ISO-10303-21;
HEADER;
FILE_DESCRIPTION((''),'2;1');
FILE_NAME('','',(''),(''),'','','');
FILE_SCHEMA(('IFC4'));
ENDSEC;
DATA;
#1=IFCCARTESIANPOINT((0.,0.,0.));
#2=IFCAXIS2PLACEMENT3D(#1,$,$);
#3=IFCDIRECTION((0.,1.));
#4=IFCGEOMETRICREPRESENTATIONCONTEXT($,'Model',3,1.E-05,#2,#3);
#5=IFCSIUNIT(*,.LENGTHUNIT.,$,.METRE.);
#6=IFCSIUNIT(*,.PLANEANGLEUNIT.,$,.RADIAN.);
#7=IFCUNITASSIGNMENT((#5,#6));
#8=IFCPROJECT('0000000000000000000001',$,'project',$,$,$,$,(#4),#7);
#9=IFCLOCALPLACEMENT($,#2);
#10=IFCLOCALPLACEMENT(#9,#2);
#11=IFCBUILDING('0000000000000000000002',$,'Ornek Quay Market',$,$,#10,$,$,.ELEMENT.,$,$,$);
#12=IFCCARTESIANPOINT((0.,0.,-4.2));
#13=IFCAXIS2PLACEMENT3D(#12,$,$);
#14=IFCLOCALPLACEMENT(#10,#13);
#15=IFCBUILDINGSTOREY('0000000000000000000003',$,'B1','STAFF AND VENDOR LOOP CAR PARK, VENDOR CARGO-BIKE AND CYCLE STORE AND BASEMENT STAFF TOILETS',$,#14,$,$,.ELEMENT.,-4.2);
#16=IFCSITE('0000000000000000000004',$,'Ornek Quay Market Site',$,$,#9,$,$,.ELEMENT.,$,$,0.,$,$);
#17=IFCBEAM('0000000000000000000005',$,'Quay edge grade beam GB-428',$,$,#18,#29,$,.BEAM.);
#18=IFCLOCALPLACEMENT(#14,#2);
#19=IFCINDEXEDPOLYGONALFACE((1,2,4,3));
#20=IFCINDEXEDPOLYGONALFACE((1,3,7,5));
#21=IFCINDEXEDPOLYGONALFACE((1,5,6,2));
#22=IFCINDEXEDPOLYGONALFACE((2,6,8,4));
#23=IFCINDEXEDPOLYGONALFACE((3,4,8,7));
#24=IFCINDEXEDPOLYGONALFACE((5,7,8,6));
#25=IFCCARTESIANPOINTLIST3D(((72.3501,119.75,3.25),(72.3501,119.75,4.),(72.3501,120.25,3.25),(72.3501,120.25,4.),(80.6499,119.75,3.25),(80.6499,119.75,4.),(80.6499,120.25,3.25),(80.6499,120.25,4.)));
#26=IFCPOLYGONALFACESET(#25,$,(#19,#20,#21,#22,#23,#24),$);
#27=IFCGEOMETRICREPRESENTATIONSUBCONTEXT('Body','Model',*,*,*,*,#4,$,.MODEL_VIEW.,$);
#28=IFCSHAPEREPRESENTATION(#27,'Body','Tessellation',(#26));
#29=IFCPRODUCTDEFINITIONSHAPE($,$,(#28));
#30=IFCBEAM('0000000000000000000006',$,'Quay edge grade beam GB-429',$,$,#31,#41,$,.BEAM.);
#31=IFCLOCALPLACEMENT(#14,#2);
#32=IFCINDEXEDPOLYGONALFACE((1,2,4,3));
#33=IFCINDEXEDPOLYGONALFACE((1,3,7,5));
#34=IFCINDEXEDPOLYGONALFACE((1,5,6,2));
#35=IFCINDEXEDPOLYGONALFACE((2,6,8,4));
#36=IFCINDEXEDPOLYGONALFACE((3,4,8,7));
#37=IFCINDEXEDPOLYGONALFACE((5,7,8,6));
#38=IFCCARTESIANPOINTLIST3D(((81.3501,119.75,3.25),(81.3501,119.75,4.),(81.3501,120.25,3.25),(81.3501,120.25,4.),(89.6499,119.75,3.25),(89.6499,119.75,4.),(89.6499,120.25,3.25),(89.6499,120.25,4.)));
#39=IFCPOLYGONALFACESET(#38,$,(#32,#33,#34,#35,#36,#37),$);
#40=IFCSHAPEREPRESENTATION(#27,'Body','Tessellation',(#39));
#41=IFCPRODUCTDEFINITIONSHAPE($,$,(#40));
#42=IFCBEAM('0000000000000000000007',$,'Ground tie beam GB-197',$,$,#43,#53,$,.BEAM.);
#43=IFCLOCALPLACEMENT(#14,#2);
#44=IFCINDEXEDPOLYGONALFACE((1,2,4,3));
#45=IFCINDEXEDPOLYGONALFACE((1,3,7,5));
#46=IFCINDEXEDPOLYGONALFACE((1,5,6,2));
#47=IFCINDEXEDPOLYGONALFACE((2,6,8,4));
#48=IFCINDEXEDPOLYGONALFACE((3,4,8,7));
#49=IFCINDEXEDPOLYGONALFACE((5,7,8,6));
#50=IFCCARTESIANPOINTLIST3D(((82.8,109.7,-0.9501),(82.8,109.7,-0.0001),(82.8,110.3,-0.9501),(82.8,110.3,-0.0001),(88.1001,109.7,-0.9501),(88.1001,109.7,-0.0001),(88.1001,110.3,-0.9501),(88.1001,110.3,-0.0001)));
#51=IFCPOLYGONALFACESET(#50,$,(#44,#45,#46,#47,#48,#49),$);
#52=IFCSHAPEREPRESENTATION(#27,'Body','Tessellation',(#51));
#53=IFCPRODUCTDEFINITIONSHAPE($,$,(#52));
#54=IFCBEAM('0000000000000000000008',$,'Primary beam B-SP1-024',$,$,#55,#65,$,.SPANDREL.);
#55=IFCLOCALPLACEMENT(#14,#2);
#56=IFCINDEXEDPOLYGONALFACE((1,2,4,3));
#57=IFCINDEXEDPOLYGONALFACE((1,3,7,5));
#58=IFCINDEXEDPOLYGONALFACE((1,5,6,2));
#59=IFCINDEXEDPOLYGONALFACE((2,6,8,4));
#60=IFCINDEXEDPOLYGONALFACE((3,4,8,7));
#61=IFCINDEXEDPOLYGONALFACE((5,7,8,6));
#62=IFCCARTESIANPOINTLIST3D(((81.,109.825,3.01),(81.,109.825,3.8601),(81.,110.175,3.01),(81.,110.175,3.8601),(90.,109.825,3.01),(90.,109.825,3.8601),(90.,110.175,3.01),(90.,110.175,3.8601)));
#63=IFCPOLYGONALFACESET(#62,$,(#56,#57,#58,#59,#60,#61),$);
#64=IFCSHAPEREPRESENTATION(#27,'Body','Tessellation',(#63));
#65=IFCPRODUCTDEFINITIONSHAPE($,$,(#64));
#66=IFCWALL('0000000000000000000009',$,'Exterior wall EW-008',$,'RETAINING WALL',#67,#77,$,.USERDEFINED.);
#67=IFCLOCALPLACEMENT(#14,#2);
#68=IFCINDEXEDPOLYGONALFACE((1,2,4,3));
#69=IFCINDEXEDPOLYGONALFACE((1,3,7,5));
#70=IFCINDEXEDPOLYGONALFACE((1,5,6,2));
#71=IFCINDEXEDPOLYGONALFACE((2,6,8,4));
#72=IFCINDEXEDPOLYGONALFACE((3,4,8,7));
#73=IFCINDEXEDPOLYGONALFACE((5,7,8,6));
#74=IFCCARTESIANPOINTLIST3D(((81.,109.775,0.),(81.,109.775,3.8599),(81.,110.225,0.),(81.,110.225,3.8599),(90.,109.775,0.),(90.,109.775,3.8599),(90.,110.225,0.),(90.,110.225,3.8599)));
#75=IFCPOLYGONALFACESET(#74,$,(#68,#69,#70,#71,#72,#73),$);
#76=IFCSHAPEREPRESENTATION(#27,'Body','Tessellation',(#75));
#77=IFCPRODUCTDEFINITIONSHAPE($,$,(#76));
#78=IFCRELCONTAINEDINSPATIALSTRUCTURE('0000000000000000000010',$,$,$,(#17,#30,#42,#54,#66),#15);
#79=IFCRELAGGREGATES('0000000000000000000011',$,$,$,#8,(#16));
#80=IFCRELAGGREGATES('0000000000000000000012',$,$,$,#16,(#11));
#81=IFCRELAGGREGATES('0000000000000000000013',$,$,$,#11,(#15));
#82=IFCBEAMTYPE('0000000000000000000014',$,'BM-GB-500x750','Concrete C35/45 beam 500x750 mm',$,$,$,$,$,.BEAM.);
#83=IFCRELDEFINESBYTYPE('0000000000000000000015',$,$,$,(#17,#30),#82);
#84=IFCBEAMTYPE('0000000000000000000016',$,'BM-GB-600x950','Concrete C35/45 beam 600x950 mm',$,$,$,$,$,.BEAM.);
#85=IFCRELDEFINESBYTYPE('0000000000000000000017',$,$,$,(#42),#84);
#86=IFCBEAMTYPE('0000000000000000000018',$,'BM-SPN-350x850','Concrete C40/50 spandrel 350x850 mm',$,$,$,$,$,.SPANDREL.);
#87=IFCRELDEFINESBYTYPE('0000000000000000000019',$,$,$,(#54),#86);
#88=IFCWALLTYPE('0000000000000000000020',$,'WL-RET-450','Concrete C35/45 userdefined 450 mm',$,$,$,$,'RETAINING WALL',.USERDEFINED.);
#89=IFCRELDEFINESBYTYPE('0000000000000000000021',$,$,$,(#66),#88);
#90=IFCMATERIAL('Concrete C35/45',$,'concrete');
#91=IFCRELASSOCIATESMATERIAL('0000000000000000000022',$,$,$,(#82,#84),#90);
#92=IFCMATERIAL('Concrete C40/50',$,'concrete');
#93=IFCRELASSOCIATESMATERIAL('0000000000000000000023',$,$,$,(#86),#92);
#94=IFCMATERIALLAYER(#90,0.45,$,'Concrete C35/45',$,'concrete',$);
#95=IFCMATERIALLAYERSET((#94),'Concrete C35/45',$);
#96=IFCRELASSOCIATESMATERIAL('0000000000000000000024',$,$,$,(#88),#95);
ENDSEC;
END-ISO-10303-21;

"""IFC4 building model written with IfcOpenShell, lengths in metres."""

from ifc_helpers import new_model, si_unit, direction, frame, frame_2d, origin, origin_2d, place, context, subcontext, project, spatial, rectangle, extrude, material, layer, layer_set, material_profile, profile_set, type_object, element, save


model = new_model("IFC4")

# Units and contexts
model_context = context("Model", 3, precision=1e-05, world=origin(), true_north=direction((0.0, 1.0)))
body_context = subcontext(model_context, "Body", "Model", "MODEL_VIEW")
ifc_project = project(units=[si_unit("LENGTHUNIT", "METRE"), si_unit("PLANEANGLEUNIT", "RADIAN")], contexts=[model_context])

# Site, building, storey
site_placement = place(None, origin())
site = spatial("IfcSite", under=ifc_project, at=site_placement, Name="Ornek Quay Market Site", CompositionType="ELEMENT", RefElevation=0.0)
building_placement = place(site_placement, origin())
building = spatial("IfcBuilding", under=site, at=building_placement, Name="Ornek Quay Market", CompositionType="ELEMENT")
storey_placement = place(building_placement, frame((0.0, 0.0, -4.2)))
storey = spatial("IfcBuildingStorey", under=building, at=storey_placement, Name="B1", Description="STAFF AND VENDOR LOOP CAR PARK, VENDOR CARGO-BIKE AND CYCLE STORE AND BASEMENT STAFF TOILETS", CompositionType="ELEMENT", Elevation=-4.2)

# Shared definitions
ifc_material_1 = material(Name="Concrete C35/45", Category="concrete")

# Shared definitions
ifc_material_2 = material(Name="Concrete C40/50", Category="concrete")

# Beams
ifc_material_profile_1 = material_profile(ifc_material_1, rectangle(XDim=0.5, YDim=0.75, at=origin_2d()), Name="RC 500x750", Category="concrete")
ifc_profile_set_1 = profile_set([ifc_material_profile_1], Name="Concrete C35/45")
beam_type_1 = type_object("IfcBeamType", Name="BM-GB-500x750", Description="Concrete C35/45 beam 500x750 mm", PredefinedType="BEAM", material=ifc_profile_set_1)
for number, where, z_axis, x_axis, name in (
    (1, (72.3501, 120.0, 3.625), (1.0, 0.0, 0.0), (0.0, 1.0, 0.0), "Quay edge grade beam GB-428"),
    (2, (81.3501, 120.0, 3.625), (1.0, 0.0, 0.0), (0.0, 1.0, 0.0), "Quay edge grade beam GB-429"),
):
    element("IfcBeam", number, at=place(storey_placement, frame(where, z_axis=z_axis, x_axis=x_axis)), inside=storey, type_object=beam_type_1, Name=name, PredefinedType="BEAM", context=body_context, shape_type="SweptSolid", body=[
        extrude(rectangle(XDim=0.5, YDim=0.75, at=origin_2d()), origin(), (0.0, 0.0, 1.0), 8.2998),
    ])
ifc_material_profile_2 = material_profile(ifc_material_1, rectangle(XDim=0.6001, YDim=0.95, at=origin_2d()), Name="RC 600x950", Category="concrete")
ifc_profile_set_2 = profile_set([ifc_material_profile_2], Name="Concrete C35/45")
beam_type_2 = type_object("IfcBeamType", Name="BM-GB-600x950", Description="Concrete C35/45 beam 600x950 mm", PredefinedType="BEAM", material=ifc_profile_set_2)
beam_1_placement = place(storey_placement, frame((82.8, 110.0, -0.4751), z_axis=(1.0, 0.0, 0.0), x_axis=(0.0, 1.0, 0.0)))
element("IfcBeam", 3, at=beam_1_placement, inside=storey, type_object=beam_type_2, Name="Ground tie beam GB-197", PredefinedType="BEAM", context=body_context, shape_type="SweptSolid", body=[
    extrude(rectangle(XDim=0.6001, YDim=0.95, at=origin_2d()), origin(), (0.0, 0.0, 1.0), 5.3),
])
ifc_material_profile_3 = material_profile(ifc_material_2, rectangle(XDim=0.3501, YDim=0.8501, at=origin_2d()), Name="RC 350x850", Category="concrete")
ifc_profile_set_3 = profile_set([ifc_material_profile_3], Name="Concrete C40/50")
beam_type_3 = type_object("IfcBeamType", Name="BM-SPN-350x850", Description="Concrete C40/50 spandrel 350x850 mm", PredefinedType="SPANDREL", material=ifc_profile_set_3)
beam_2_placement = place(storey_placement, frame((81.0, 110.0, 3.4351), z_axis=(1.0, 0.0, 0.0), x_axis=(0.0, 1.0, 0.0)))
element("IfcBeam", 4, at=beam_2_placement, inside=storey, type_object=beam_type_3, Name="Primary beam B-SP1-024", PredefinedType="SPANDREL", context=body_context, shape_type="SweptSolid", body=[
    extrude(rectangle(XDim=0.3501, YDim=0.8501, at=origin_2d()), origin(), (0.0, 0.0, 1.0), 9.0),
])

# Wall
ifc_layer = layer(ifc_material_1, 0.45, Name="Concrete C35/45", Category="concrete")
ifc_layer_set = layer_set([ifc_layer], Name="Concrete C35/45")
wall_type = type_object("IfcWallType", Name="WL-RET-450", Description="Concrete C35/45 userdefined 450 mm", ElementType="RETAINING WALL", PredefinedType="USERDEFINED", material=ifc_layer_set)
wall_placement = place(storey_placement, frame((81.0, 110.0, 0.0), z_axis=(0.0, 0.0, 1.0), x_axis=(1.0, 0.0, 0.0)))
element("IfcWall", 5, at=wall_placement, inside=storey, type_object=wall_type, Name="Exterior wall EW-008", ObjectType="RETAINING WALL", PredefinedType="USERDEFINED", context=body_context, shape_type="SweptSolid", body=[
    extrude(rectangle(XDim=9.0, YDim=0.45, at=frame_2d((4.5, 0.0))), origin(), (0.0, 0.0, 1.0), 3.8599),
])

save(model, "model.ifc")
